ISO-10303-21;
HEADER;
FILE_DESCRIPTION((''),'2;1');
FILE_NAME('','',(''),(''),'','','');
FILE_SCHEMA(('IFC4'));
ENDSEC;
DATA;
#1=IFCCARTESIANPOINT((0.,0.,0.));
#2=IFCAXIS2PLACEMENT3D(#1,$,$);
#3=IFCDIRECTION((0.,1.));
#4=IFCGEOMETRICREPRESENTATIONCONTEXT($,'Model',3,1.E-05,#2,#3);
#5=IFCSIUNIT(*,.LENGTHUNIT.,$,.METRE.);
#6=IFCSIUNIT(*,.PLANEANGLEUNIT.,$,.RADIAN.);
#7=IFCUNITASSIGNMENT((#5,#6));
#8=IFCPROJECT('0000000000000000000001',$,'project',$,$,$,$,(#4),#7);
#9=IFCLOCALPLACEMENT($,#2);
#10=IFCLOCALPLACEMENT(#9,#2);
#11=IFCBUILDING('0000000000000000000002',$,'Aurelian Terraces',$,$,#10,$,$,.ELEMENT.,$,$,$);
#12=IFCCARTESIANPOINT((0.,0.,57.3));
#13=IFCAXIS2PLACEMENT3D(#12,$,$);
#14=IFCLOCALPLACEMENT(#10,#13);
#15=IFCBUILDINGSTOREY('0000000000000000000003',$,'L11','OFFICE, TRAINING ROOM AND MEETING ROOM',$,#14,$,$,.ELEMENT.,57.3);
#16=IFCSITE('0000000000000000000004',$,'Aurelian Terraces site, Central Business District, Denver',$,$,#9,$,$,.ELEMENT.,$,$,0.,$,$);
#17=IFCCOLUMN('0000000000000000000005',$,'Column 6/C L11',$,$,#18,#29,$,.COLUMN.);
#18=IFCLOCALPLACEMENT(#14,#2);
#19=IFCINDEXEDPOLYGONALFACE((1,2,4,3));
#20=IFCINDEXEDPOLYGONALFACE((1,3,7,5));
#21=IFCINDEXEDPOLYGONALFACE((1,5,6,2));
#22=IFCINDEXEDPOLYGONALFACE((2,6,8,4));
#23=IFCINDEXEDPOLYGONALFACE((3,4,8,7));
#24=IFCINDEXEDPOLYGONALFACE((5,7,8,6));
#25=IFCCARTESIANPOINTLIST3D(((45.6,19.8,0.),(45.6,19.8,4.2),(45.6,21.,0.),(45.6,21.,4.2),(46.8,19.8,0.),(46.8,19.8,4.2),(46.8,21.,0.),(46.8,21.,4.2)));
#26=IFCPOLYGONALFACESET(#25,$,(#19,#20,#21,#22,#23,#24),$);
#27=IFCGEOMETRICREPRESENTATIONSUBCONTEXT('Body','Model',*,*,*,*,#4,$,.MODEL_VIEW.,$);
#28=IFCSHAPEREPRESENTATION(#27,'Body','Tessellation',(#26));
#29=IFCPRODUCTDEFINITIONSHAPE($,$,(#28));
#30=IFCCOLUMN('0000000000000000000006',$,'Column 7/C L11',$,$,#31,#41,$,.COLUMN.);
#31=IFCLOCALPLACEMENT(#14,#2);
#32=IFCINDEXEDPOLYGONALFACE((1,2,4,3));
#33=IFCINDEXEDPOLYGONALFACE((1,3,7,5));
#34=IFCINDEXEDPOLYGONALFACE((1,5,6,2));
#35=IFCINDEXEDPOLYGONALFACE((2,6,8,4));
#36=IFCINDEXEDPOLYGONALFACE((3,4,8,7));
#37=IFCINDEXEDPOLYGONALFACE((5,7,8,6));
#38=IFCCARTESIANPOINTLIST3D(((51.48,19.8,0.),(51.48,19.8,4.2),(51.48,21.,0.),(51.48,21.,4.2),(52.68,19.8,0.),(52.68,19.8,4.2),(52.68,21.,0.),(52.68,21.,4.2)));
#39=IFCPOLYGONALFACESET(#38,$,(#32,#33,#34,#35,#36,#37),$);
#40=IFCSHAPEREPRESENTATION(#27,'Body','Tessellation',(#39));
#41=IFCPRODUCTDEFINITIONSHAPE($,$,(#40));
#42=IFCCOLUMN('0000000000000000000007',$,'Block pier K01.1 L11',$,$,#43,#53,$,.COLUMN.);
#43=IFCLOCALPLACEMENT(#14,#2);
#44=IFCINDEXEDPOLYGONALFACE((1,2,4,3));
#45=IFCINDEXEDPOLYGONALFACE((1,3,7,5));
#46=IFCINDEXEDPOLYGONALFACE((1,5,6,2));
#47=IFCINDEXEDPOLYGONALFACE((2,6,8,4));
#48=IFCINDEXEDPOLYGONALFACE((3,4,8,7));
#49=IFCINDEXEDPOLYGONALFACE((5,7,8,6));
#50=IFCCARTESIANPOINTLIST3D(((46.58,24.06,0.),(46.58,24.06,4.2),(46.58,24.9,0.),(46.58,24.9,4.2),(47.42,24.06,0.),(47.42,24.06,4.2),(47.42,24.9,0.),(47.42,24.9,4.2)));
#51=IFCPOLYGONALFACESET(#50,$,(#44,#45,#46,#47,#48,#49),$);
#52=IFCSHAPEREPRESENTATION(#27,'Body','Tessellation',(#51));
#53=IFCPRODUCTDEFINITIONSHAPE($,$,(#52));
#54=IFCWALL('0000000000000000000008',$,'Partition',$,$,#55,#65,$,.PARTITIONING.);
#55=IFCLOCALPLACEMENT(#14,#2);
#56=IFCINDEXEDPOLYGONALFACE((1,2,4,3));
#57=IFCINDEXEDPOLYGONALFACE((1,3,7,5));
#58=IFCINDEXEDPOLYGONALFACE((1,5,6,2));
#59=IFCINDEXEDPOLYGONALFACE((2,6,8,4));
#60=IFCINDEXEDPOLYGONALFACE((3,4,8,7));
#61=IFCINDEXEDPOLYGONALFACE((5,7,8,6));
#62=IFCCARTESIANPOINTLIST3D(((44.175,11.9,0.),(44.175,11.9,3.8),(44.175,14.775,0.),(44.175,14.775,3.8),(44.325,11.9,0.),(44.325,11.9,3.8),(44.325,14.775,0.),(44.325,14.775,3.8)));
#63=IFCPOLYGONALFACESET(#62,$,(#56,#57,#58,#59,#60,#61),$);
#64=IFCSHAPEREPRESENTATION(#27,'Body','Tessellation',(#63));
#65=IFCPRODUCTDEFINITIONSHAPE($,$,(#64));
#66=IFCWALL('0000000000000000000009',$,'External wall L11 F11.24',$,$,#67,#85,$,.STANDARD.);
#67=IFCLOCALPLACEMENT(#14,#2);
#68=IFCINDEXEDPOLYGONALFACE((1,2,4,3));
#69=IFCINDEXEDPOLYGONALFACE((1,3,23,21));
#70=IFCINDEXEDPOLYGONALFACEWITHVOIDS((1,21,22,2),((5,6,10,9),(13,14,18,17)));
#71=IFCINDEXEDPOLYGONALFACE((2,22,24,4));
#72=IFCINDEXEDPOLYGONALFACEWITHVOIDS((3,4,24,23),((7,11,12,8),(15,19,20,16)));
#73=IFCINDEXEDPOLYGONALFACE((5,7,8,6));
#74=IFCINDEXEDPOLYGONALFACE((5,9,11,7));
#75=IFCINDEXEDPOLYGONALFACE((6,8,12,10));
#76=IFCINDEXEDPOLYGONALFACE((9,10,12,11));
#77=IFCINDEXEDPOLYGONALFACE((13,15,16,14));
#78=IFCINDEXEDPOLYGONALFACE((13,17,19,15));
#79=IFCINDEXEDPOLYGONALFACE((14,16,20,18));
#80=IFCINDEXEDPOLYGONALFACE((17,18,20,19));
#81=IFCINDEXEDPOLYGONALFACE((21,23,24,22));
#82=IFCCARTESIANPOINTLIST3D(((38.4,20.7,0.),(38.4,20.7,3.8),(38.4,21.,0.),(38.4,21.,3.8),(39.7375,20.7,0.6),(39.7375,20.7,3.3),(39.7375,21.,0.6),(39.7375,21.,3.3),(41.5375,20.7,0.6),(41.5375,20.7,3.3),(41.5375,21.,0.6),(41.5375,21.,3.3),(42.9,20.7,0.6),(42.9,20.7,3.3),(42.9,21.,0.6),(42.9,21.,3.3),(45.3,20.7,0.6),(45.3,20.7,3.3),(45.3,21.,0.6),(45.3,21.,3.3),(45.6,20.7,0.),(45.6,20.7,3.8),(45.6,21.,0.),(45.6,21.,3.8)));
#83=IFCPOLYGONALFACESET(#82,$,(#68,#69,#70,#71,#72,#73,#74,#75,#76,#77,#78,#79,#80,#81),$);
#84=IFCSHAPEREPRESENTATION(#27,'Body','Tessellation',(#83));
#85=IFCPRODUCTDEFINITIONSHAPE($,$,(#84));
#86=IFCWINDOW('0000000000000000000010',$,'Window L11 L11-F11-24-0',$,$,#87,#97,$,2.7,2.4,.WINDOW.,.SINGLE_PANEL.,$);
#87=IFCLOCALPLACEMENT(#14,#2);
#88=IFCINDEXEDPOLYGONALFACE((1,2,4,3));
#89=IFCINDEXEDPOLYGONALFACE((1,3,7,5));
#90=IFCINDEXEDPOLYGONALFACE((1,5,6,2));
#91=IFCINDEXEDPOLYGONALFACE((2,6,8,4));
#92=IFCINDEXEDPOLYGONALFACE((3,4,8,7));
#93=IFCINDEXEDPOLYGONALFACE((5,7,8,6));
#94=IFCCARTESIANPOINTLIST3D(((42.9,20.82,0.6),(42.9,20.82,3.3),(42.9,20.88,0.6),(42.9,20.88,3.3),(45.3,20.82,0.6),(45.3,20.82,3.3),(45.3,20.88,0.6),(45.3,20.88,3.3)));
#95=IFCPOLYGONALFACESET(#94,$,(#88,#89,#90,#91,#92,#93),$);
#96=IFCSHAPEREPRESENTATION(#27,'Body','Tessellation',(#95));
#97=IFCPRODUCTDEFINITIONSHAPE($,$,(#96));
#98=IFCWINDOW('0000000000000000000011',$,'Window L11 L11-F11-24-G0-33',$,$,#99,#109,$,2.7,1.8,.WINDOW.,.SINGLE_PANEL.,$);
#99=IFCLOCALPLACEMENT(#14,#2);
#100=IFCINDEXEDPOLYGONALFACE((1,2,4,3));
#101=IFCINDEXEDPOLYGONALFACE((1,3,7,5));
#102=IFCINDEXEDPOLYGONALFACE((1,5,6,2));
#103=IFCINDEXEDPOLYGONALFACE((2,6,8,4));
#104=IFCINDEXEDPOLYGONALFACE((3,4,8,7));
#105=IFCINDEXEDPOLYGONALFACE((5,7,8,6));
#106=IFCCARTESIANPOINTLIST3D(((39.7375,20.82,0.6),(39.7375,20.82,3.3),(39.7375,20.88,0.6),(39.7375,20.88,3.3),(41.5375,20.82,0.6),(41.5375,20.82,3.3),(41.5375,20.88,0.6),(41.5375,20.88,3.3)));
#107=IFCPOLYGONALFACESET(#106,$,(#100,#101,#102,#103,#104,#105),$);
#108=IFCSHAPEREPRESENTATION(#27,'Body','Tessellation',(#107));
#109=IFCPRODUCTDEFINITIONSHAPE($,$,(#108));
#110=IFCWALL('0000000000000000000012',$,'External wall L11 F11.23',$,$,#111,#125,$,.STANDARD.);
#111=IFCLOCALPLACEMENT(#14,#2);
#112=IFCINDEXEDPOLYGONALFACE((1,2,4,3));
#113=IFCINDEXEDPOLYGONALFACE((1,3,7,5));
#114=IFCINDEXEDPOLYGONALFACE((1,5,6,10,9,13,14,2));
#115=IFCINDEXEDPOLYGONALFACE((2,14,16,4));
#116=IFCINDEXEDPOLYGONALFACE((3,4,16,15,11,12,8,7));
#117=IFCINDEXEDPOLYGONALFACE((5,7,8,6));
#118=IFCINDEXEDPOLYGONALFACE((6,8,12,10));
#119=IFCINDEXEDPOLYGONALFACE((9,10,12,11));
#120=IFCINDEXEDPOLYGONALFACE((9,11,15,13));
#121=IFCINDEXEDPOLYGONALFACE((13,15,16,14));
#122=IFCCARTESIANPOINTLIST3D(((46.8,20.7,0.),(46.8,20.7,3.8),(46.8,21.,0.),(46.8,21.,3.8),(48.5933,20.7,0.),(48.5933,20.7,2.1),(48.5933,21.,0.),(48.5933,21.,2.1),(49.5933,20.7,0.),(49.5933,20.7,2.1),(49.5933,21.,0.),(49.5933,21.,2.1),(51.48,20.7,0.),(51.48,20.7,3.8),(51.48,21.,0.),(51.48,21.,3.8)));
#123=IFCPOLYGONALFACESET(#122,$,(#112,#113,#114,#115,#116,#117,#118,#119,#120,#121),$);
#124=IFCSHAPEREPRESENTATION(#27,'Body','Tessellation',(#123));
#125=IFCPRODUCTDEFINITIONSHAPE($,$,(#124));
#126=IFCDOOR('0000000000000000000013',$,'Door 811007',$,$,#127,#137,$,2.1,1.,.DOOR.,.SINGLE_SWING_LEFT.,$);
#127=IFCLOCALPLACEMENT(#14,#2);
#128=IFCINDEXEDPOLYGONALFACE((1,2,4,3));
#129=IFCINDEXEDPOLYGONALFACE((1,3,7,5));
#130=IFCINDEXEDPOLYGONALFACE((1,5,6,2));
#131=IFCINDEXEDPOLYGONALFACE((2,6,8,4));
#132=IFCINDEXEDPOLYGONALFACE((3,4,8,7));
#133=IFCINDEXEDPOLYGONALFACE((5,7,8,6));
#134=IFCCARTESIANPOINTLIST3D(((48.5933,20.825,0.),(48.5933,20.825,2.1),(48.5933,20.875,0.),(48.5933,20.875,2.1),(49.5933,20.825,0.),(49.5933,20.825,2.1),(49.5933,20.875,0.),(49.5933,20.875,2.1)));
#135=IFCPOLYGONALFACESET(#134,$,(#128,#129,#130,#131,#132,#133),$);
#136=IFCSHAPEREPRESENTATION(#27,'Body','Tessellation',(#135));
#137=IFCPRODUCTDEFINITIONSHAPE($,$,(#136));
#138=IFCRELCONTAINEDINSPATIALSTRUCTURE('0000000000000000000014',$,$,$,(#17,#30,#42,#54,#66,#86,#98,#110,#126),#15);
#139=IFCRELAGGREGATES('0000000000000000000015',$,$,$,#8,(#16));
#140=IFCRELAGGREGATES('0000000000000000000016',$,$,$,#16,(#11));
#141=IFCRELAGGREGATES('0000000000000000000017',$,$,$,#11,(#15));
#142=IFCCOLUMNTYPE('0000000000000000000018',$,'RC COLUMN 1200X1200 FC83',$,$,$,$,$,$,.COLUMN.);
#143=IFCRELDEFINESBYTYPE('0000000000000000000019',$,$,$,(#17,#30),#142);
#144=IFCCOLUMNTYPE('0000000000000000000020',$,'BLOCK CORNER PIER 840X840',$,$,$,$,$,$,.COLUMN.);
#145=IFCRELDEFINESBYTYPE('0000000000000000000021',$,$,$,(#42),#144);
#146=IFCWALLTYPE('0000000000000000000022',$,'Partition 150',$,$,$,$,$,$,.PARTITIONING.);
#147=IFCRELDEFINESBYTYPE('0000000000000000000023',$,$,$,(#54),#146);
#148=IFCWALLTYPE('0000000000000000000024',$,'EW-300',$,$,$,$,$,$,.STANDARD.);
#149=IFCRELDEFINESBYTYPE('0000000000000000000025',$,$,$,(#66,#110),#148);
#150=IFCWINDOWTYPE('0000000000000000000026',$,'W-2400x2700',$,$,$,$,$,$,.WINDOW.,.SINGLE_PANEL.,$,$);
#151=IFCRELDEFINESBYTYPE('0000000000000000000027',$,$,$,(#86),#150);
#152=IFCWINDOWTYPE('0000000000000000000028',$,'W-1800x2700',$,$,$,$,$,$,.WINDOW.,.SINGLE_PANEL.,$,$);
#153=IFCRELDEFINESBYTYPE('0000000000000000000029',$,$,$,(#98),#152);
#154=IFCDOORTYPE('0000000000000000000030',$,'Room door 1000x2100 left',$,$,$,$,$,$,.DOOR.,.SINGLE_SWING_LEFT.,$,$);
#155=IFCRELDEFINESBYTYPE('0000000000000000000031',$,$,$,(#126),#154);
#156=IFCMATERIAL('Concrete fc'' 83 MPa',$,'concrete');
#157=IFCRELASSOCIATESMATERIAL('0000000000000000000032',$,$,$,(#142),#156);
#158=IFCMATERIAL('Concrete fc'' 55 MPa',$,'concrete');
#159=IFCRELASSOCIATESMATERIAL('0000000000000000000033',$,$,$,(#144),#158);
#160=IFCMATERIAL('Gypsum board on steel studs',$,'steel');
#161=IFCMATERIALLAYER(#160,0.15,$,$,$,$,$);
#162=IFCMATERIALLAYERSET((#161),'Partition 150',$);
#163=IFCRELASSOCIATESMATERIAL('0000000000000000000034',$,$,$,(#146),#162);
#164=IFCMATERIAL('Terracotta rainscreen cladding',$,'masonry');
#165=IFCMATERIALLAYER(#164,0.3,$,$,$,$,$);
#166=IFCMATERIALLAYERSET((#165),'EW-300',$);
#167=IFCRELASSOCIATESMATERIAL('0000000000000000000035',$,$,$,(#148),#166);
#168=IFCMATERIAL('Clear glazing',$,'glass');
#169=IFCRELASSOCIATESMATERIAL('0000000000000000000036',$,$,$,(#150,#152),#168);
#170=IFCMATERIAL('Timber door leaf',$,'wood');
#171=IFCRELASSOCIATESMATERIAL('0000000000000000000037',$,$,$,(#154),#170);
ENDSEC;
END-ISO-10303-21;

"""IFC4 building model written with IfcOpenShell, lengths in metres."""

from ifc_helpers import new_model, si_unit, direction, frame, frame_2d, origin, origin_2d, place, context, subcontext, project, spatial, rectangle, extrude, source, transform, mapped, material, layer, layer_set, material_profile, profile_set, type_object, element, fill, save


model = new_model("IFC4")

# Units and contexts
model_context = context("Model", 3, precision=1e-05, world=origin(), true_north=direction((0.0, 1.0)))
body_context = subcontext(model_context, "Body", "Model", "MODEL_VIEW")
ifc_project = project(units=[si_unit("LENGTHUNIT", "METRE"), si_unit("PLANEANGLEUNIT", "RADIAN")], contexts=[model_context])

# Site, building, storey
site_placement = place(None, origin())
site = spatial("IfcSite", under=ifc_project, at=site_placement, Name="Aurelian Terraces site, Central Business District, Denver", CompositionType="ELEMENT", RefElevation=0.0)
building_placement = place(site_placement, origin())
building = spatial("IfcBuilding", under=site, at=building_placement, Name="Aurelian Terraces", CompositionType="ELEMENT")
storey_placement = place(building_placement, frame((0.0, 0.0, 57.3)))
storey = spatial("IfcBuildingStorey", under=building, at=storey_placement, Name="L11", Description="OFFICE, TRAINING ROOM AND MEETING ROOM", CompositionType="ELEMENT", Elevation=57.3)

# Columns
ifc_material_1 = material(Name="Concrete fc' 83 MPa", Category="concrete")
ifc_material_profile_1 = material_profile(ifc_material_1, rectangle(XDim=1.2, YDim=1.2, at=origin_2d()))
ifc_profile_set_1 = profile_set([ifc_material_profile_1], Name="Concrete fc' 83 MPa")
column_type_1 = type_object("IfcColumnType", Name="RC COLUMN 1200X1200 FC83", PredefinedType="COLUMN", material=ifc_profile_set_1)
shared_shape_1 = source(origin(), body_context, "Body", "SweptSolid", [
    extrude(rectangle(XDim=1.2, YDim=1.2, at=origin_2d()), origin(), (0.0, 0.0, 1.0), 4.2),
])
for number, where, z_axis, x_axis, name in (
    (1, (46.2, 20.4, 0.0), (0.0, 0.0, 1.0), (1.0, 0.0, 0.0), "Column 6/C L11"),
    (2, (52.08, 20.4, 0.0), (0.0, 0.0, 1.0), (1.0, 0.0, 0.0), "Column 7/C L11"),
):
    element("IfcColumn", number, at=place(storey_placement, frame(where, z_axis=z_axis, x_axis=x_axis)), inside=storey, type_object=column_type_1, Name=name, PredefinedType="COLUMN", context=body_context, shape_type="MappedRepresentation", body=[
        mapped(shared_shape_1, transform((0.0, 0.0, 0.0), scale=1.0)),
    ])
ifc_material_2 = material(Name="Concrete fc' 55 MPa", Category="concrete")
ifc_material_profile_2 = material_profile(ifc_material_2, rectangle(XDim=0.84, YDim=0.84, at=origin_2d()))
ifc_profile_set_2 = profile_set([ifc_material_profile_2], Name="Concrete fc' 55 MPa")
column_type_2 = type_object("IfcColumnType", Name="BLOCK CORNER PIER 840X840", PredefinedType="COLUMN", material=ifc_profile_set_2)
shared_shape_2 = source(origin(), body_context, "Body", "SweptSolid", [
    extrude(rectangle(XDim=0.84, YDim=0.84, at=origin_2d()), origin(), (0.0, 0.0, 1.0), 4.2),
])
column_placement = place(storey_placement, frame((47.0, 24.48, 0.0), z_axis=(0.0, 0.0, 1.0), x_axis=(1.0, 0.0, 0.0)))
element("IfcColumn", 3, at=column_placement, inside=storey, type_object=column_type_2, Name="Block pier K01.1 L11", PredefinedType="COLUMN", context=body_context, shape_type="MappedRepresentation", body=[
    mapped(shared_shape_2, transform((0.0, 0.0, 0.0), scale=1.0)),
])

# Wall
ifc_material_3 = material(Name="Gypsum board on steel studs", Category="steel")
ifc_layer_1 = layer(ifc_material_3, 0.15)
ifc_layer_set_1 = layer_set([ifc_layer_1], Name="Partition 150")
wall_type_1 = type_object("IfcWallType", Name="Partition 150", PredefinedType="PARTITIONING", material=ifc_layer_set_1)
wall_1_placement = place(storey_placement, frame((44.25, 11.9, 0.0), z_axis=(0.0, 0.0, 1.0), x_axis=(0.0, 1.0, 0.0)))
element("IfcWall", 4, at=wall_1_placement, inside=storey, type_object=wall_type_1, Name="Partition", PredefinedType="PARTITIONING", context=body_context, shape_type="SweptSolid", body=[
    extrude(rectangle(XDim=2.875, YDim=0.15, at=frame_2d((1.4375, 0.0))), origin(), (0.0, 0.0, 1.0), 3.8),
])

# Wall, openings, windows
ifc_material_4 = material(Name="Terracotta rainscreen cladding", Category="masonry")
ifc_layer_2 = layer(ifc_material_4, 0.3)
ifc_layer_set_2 = layer_set([ifc_layer_2], Name="EW-300")
wall_type_2 = type_object("IfcWallType", Name="EW-300", PredefinedType="STANDARD", material=ifc_layer_set_2)
shared_shape_3 = source(origin(), body_context, "Body", "SweptSolid", [
    extrude(rectangle(XDim=7.2, YDim=0.3, at=frame_2d((3.6, 0.0))), origin(), (0.0, 0.0, 1.0), 3.8),
])
wall_2_placement = place(storey_placement, frame((45.6, 20.85, 0.0), z_axis=(0.0, 0.0, 1.0), x_axis=(-1.0, 0.0, 0.0)))
wall_2 = element("IfcWall", 5, at=wall_2_placement, inside=storey, type_object=wall_type_2, Name="External wall L11 F11.24", PredefinedType="STANDARD", context=body_context, shape_type="MappedRepresentation", body=[
    mapped(shared_shape_3, transform((0.0, 0.0, 0.0), scale=1.0)),
])
shared_shape_4 = source(origin(), body_context, "Body", "SweptSolid", [
    extrude(rectangle(XDim=2.4, YDim=2.7, at=frame_2d((1.2, 1.35))), frame((0.0, 0.16, 0.0), z_axis=(0.0, -1.0, 0.0), x_axis=(1.0, 0.0, 0.0)), (0.0, 0.0, 1.0), 0.32),
])
opening_1_placement = place(wall_2_placement, frame((0.3, 0.0, 0.6)))
opening_1 = element("IfcOpeningElement", 6, at=opening_1_placement, cuts=wall_2, PredefinedType="OPENING", context=body_context, shape_type="MappedRepresentation", body=[
    mapped(shared_shape_4, transform((0.0, 0.0, 0.0), scale=1.0)),
])
shared_shape_5 = source(origin(), body_context, "Body", "SweptSolid", [
    extrude(rectangle(XDim=1.8, YDim=2.7, at=frame_2d((0.9, 1.35))), frame((0.0, 0.16, 0.0), z_axis=(0.0, -1.0, 0.0), x_axis=(1.0, 0.0, 0.0)), (0.0, 0.0, 1.0), 0.32),
])
opening_2_placement = place(wall_2_placement, frame((4.0625, 0.0, 0.6)))
opening_2 = element("IfcOpeningElement", 7, at=opening_2_placement, cuts=wall_2, PredefinedType="OPENING", context=body_context, shape_type="MappedRepresentation", body=[
    mapped(shared_shape_5, transform((0.0, 0.0, 0.0), scale=1.0)),
])
ifc_material_5 = material(Name="Clear glazing", Category="glass")
window_type_1 = type_object("IfcWindowType", Name="W-2400x2700", PartitioningType="SINGLE_PANEL", PredefinedType="WINDOW", material=ifc_material_5)
shared_shape_6 = source(origin(), body_context, "Body", "SweptSolid", [
    extrude(rectangle(XDim=2.4, YDim=2.7, at=frame_2d((1.2, 1.35))), frame((0.0, 0.03, 0.0), z_axis=(0.0, -1.0, 0.0), x_axis=(1.0, 0.0, 0.0)), (0.0, 0.0, 1.0), 0.06),
])
window_1_placement = place(opening_1_placement, origin())
window_1 = element("IfcWindow", 8, at=window_1_placement, inside=storey, type_object=window_type_1, Name="Window L11 L11-F11-24-0", OverallHeight=2.7, OverallWidth=2.4, PartitioningType="SINGLE_PANEL", PredefinedType="WINDOW", context=body_context, shape_type="MappedRepresentation", body=[
    mapped(shared_shape_6, transform((0.0, 0.0, 0.0), scale=1.0)),
])
fill(opening_1, window_1)
window_type_2 = type_object("IfcWindowType", Name="W-1800x2700", PartitioningType="SINGLE_PANEL", PredefinedType="WINDOW", material=ifc_material_5)
shared_shape_7 = source(origin(), body_context, "Body", "SweptSolid", [
    extrude(rectangle(XDim=1.8, YDim=2.7, at=frame_2d((0.9, 1.35))), frame((0.0, 0.03, 0.0), z_axis=(0.0, -1.0, 0.0), x_axis=(1.0, 0.0, 0.0)), (0.0, 0.0, 1.0), 0.06),
])
window_2_placement = place(opening_2_placement, origin())
window_2 = element("IfcWindow", 9, at=window_2_placement, inside=storey, type_object=window_type_2, Name="Window L11 L11-F11-24-G0-33", OverallHeight=2.7, OverallWidth=1.8, PartitioningType="SINGLE_PANEL", PredefinedType="WINDOW", context=body_context, shape_type="MappedRepresentation", body=[
    mapped(shared_shape_7, transform((0.0, 0.0, 0.0), scale=1.0)),
])
fill(opening_2, window_2)

# Wall, opening, door
shared_shape_8 = source(origin(), body_context, "Body", "SweptSolid", [
    extrude(rectangle(XDim=4.68, YDim=0.3, at=frame_2d((2.34, 0.0))), origin(), (0.0, 0.0, 1.0), 3.8),
])
wall_3_placement = place(storey_placement, frame((51.48, 20.85, 0.0), z_axis=(0.0, 0.0, 1.0), x_axis=(-1.0, 0.0, 0.0)))
wall_3 = element("IfcWall", 10, at=wall_3_placement, inside=storey, type_object=wall_type_2, Name="External wall L11 F11.23", PredefinedType="STANDARD", context=body_context, shape_type="MappedRepresentation", body=[
    mapped(shared_shape_8, transform((0.0, 0.0, 0.0), scale=1.0)),
])
shared_shape_9 = source(origin(), body_context, "Body", "SweptSolid", [
    extrude(rectangle(XDim=1.0, YDim=2.1, at=frame_2d((0.5, 1.05))), frame((0.0, 0.16, 0.0), z_axis=(0.0, -1.0, 0.0), x_axis=(1.0, 0.0, 0.0)), (0.0, 0.0, 1.0), 0.32),
])
opening_3_placement = place(wall_3_placement, frame((1.8867, 0.0, 0.0)))
opening_3 = element("IfcOpeningElement", 11, at=opening_3_placement, cuts=wall_3, PredefinedType="OPENING", context=body_context, shape_type="MappedRepresentation", body=[
    mapped(shared_shape_9, transform((0.0, 0.0, 0.0), scale=1.0)),
])
ifc_material_6 = material(Name="Timber door leaf", Category="wood")
door_type_1 = type_object("IfcDoorType", Name="Room door 1000x2100 left", OperationType="SINGLE_SWING_LEFT", PredefinedType="DOOR", material=ifc_material_6)
shared_shape_10 = source(origin(), body_context, "Body", "SweptSolid", [
    extrude(rectangle(XDim=1.0, YDim=2.1, at=frame_2d((0.5, 1.05))), frame((0.0, 0.025, 0.0), z_axis=(0.0, -1.0, 0.0), x_axis=(1.0, 0.0, 0.0)), (0.0, 0.0, 1.0), 0.05),
])
door_1_placement = place(opening_3_placement, origin())
door_1 = element("IfcDoor", 12, at=door_1_placement, inside=storey, type_object=door_type_1, Name="Door 811007", OperationType="SINGLE_SWING_LEFT", OverallHeight=2.1, OverallWidth=1.0, PredefinedType="DOOR", context=body_context, shape_type="MappedRepresentation", body=[
    mapped(shared_shape_10, transform((0.0, 0.0, 0.0), scale=1.0)),
])
fill(opening_3, door_1)

save(model, "model.ifc")
